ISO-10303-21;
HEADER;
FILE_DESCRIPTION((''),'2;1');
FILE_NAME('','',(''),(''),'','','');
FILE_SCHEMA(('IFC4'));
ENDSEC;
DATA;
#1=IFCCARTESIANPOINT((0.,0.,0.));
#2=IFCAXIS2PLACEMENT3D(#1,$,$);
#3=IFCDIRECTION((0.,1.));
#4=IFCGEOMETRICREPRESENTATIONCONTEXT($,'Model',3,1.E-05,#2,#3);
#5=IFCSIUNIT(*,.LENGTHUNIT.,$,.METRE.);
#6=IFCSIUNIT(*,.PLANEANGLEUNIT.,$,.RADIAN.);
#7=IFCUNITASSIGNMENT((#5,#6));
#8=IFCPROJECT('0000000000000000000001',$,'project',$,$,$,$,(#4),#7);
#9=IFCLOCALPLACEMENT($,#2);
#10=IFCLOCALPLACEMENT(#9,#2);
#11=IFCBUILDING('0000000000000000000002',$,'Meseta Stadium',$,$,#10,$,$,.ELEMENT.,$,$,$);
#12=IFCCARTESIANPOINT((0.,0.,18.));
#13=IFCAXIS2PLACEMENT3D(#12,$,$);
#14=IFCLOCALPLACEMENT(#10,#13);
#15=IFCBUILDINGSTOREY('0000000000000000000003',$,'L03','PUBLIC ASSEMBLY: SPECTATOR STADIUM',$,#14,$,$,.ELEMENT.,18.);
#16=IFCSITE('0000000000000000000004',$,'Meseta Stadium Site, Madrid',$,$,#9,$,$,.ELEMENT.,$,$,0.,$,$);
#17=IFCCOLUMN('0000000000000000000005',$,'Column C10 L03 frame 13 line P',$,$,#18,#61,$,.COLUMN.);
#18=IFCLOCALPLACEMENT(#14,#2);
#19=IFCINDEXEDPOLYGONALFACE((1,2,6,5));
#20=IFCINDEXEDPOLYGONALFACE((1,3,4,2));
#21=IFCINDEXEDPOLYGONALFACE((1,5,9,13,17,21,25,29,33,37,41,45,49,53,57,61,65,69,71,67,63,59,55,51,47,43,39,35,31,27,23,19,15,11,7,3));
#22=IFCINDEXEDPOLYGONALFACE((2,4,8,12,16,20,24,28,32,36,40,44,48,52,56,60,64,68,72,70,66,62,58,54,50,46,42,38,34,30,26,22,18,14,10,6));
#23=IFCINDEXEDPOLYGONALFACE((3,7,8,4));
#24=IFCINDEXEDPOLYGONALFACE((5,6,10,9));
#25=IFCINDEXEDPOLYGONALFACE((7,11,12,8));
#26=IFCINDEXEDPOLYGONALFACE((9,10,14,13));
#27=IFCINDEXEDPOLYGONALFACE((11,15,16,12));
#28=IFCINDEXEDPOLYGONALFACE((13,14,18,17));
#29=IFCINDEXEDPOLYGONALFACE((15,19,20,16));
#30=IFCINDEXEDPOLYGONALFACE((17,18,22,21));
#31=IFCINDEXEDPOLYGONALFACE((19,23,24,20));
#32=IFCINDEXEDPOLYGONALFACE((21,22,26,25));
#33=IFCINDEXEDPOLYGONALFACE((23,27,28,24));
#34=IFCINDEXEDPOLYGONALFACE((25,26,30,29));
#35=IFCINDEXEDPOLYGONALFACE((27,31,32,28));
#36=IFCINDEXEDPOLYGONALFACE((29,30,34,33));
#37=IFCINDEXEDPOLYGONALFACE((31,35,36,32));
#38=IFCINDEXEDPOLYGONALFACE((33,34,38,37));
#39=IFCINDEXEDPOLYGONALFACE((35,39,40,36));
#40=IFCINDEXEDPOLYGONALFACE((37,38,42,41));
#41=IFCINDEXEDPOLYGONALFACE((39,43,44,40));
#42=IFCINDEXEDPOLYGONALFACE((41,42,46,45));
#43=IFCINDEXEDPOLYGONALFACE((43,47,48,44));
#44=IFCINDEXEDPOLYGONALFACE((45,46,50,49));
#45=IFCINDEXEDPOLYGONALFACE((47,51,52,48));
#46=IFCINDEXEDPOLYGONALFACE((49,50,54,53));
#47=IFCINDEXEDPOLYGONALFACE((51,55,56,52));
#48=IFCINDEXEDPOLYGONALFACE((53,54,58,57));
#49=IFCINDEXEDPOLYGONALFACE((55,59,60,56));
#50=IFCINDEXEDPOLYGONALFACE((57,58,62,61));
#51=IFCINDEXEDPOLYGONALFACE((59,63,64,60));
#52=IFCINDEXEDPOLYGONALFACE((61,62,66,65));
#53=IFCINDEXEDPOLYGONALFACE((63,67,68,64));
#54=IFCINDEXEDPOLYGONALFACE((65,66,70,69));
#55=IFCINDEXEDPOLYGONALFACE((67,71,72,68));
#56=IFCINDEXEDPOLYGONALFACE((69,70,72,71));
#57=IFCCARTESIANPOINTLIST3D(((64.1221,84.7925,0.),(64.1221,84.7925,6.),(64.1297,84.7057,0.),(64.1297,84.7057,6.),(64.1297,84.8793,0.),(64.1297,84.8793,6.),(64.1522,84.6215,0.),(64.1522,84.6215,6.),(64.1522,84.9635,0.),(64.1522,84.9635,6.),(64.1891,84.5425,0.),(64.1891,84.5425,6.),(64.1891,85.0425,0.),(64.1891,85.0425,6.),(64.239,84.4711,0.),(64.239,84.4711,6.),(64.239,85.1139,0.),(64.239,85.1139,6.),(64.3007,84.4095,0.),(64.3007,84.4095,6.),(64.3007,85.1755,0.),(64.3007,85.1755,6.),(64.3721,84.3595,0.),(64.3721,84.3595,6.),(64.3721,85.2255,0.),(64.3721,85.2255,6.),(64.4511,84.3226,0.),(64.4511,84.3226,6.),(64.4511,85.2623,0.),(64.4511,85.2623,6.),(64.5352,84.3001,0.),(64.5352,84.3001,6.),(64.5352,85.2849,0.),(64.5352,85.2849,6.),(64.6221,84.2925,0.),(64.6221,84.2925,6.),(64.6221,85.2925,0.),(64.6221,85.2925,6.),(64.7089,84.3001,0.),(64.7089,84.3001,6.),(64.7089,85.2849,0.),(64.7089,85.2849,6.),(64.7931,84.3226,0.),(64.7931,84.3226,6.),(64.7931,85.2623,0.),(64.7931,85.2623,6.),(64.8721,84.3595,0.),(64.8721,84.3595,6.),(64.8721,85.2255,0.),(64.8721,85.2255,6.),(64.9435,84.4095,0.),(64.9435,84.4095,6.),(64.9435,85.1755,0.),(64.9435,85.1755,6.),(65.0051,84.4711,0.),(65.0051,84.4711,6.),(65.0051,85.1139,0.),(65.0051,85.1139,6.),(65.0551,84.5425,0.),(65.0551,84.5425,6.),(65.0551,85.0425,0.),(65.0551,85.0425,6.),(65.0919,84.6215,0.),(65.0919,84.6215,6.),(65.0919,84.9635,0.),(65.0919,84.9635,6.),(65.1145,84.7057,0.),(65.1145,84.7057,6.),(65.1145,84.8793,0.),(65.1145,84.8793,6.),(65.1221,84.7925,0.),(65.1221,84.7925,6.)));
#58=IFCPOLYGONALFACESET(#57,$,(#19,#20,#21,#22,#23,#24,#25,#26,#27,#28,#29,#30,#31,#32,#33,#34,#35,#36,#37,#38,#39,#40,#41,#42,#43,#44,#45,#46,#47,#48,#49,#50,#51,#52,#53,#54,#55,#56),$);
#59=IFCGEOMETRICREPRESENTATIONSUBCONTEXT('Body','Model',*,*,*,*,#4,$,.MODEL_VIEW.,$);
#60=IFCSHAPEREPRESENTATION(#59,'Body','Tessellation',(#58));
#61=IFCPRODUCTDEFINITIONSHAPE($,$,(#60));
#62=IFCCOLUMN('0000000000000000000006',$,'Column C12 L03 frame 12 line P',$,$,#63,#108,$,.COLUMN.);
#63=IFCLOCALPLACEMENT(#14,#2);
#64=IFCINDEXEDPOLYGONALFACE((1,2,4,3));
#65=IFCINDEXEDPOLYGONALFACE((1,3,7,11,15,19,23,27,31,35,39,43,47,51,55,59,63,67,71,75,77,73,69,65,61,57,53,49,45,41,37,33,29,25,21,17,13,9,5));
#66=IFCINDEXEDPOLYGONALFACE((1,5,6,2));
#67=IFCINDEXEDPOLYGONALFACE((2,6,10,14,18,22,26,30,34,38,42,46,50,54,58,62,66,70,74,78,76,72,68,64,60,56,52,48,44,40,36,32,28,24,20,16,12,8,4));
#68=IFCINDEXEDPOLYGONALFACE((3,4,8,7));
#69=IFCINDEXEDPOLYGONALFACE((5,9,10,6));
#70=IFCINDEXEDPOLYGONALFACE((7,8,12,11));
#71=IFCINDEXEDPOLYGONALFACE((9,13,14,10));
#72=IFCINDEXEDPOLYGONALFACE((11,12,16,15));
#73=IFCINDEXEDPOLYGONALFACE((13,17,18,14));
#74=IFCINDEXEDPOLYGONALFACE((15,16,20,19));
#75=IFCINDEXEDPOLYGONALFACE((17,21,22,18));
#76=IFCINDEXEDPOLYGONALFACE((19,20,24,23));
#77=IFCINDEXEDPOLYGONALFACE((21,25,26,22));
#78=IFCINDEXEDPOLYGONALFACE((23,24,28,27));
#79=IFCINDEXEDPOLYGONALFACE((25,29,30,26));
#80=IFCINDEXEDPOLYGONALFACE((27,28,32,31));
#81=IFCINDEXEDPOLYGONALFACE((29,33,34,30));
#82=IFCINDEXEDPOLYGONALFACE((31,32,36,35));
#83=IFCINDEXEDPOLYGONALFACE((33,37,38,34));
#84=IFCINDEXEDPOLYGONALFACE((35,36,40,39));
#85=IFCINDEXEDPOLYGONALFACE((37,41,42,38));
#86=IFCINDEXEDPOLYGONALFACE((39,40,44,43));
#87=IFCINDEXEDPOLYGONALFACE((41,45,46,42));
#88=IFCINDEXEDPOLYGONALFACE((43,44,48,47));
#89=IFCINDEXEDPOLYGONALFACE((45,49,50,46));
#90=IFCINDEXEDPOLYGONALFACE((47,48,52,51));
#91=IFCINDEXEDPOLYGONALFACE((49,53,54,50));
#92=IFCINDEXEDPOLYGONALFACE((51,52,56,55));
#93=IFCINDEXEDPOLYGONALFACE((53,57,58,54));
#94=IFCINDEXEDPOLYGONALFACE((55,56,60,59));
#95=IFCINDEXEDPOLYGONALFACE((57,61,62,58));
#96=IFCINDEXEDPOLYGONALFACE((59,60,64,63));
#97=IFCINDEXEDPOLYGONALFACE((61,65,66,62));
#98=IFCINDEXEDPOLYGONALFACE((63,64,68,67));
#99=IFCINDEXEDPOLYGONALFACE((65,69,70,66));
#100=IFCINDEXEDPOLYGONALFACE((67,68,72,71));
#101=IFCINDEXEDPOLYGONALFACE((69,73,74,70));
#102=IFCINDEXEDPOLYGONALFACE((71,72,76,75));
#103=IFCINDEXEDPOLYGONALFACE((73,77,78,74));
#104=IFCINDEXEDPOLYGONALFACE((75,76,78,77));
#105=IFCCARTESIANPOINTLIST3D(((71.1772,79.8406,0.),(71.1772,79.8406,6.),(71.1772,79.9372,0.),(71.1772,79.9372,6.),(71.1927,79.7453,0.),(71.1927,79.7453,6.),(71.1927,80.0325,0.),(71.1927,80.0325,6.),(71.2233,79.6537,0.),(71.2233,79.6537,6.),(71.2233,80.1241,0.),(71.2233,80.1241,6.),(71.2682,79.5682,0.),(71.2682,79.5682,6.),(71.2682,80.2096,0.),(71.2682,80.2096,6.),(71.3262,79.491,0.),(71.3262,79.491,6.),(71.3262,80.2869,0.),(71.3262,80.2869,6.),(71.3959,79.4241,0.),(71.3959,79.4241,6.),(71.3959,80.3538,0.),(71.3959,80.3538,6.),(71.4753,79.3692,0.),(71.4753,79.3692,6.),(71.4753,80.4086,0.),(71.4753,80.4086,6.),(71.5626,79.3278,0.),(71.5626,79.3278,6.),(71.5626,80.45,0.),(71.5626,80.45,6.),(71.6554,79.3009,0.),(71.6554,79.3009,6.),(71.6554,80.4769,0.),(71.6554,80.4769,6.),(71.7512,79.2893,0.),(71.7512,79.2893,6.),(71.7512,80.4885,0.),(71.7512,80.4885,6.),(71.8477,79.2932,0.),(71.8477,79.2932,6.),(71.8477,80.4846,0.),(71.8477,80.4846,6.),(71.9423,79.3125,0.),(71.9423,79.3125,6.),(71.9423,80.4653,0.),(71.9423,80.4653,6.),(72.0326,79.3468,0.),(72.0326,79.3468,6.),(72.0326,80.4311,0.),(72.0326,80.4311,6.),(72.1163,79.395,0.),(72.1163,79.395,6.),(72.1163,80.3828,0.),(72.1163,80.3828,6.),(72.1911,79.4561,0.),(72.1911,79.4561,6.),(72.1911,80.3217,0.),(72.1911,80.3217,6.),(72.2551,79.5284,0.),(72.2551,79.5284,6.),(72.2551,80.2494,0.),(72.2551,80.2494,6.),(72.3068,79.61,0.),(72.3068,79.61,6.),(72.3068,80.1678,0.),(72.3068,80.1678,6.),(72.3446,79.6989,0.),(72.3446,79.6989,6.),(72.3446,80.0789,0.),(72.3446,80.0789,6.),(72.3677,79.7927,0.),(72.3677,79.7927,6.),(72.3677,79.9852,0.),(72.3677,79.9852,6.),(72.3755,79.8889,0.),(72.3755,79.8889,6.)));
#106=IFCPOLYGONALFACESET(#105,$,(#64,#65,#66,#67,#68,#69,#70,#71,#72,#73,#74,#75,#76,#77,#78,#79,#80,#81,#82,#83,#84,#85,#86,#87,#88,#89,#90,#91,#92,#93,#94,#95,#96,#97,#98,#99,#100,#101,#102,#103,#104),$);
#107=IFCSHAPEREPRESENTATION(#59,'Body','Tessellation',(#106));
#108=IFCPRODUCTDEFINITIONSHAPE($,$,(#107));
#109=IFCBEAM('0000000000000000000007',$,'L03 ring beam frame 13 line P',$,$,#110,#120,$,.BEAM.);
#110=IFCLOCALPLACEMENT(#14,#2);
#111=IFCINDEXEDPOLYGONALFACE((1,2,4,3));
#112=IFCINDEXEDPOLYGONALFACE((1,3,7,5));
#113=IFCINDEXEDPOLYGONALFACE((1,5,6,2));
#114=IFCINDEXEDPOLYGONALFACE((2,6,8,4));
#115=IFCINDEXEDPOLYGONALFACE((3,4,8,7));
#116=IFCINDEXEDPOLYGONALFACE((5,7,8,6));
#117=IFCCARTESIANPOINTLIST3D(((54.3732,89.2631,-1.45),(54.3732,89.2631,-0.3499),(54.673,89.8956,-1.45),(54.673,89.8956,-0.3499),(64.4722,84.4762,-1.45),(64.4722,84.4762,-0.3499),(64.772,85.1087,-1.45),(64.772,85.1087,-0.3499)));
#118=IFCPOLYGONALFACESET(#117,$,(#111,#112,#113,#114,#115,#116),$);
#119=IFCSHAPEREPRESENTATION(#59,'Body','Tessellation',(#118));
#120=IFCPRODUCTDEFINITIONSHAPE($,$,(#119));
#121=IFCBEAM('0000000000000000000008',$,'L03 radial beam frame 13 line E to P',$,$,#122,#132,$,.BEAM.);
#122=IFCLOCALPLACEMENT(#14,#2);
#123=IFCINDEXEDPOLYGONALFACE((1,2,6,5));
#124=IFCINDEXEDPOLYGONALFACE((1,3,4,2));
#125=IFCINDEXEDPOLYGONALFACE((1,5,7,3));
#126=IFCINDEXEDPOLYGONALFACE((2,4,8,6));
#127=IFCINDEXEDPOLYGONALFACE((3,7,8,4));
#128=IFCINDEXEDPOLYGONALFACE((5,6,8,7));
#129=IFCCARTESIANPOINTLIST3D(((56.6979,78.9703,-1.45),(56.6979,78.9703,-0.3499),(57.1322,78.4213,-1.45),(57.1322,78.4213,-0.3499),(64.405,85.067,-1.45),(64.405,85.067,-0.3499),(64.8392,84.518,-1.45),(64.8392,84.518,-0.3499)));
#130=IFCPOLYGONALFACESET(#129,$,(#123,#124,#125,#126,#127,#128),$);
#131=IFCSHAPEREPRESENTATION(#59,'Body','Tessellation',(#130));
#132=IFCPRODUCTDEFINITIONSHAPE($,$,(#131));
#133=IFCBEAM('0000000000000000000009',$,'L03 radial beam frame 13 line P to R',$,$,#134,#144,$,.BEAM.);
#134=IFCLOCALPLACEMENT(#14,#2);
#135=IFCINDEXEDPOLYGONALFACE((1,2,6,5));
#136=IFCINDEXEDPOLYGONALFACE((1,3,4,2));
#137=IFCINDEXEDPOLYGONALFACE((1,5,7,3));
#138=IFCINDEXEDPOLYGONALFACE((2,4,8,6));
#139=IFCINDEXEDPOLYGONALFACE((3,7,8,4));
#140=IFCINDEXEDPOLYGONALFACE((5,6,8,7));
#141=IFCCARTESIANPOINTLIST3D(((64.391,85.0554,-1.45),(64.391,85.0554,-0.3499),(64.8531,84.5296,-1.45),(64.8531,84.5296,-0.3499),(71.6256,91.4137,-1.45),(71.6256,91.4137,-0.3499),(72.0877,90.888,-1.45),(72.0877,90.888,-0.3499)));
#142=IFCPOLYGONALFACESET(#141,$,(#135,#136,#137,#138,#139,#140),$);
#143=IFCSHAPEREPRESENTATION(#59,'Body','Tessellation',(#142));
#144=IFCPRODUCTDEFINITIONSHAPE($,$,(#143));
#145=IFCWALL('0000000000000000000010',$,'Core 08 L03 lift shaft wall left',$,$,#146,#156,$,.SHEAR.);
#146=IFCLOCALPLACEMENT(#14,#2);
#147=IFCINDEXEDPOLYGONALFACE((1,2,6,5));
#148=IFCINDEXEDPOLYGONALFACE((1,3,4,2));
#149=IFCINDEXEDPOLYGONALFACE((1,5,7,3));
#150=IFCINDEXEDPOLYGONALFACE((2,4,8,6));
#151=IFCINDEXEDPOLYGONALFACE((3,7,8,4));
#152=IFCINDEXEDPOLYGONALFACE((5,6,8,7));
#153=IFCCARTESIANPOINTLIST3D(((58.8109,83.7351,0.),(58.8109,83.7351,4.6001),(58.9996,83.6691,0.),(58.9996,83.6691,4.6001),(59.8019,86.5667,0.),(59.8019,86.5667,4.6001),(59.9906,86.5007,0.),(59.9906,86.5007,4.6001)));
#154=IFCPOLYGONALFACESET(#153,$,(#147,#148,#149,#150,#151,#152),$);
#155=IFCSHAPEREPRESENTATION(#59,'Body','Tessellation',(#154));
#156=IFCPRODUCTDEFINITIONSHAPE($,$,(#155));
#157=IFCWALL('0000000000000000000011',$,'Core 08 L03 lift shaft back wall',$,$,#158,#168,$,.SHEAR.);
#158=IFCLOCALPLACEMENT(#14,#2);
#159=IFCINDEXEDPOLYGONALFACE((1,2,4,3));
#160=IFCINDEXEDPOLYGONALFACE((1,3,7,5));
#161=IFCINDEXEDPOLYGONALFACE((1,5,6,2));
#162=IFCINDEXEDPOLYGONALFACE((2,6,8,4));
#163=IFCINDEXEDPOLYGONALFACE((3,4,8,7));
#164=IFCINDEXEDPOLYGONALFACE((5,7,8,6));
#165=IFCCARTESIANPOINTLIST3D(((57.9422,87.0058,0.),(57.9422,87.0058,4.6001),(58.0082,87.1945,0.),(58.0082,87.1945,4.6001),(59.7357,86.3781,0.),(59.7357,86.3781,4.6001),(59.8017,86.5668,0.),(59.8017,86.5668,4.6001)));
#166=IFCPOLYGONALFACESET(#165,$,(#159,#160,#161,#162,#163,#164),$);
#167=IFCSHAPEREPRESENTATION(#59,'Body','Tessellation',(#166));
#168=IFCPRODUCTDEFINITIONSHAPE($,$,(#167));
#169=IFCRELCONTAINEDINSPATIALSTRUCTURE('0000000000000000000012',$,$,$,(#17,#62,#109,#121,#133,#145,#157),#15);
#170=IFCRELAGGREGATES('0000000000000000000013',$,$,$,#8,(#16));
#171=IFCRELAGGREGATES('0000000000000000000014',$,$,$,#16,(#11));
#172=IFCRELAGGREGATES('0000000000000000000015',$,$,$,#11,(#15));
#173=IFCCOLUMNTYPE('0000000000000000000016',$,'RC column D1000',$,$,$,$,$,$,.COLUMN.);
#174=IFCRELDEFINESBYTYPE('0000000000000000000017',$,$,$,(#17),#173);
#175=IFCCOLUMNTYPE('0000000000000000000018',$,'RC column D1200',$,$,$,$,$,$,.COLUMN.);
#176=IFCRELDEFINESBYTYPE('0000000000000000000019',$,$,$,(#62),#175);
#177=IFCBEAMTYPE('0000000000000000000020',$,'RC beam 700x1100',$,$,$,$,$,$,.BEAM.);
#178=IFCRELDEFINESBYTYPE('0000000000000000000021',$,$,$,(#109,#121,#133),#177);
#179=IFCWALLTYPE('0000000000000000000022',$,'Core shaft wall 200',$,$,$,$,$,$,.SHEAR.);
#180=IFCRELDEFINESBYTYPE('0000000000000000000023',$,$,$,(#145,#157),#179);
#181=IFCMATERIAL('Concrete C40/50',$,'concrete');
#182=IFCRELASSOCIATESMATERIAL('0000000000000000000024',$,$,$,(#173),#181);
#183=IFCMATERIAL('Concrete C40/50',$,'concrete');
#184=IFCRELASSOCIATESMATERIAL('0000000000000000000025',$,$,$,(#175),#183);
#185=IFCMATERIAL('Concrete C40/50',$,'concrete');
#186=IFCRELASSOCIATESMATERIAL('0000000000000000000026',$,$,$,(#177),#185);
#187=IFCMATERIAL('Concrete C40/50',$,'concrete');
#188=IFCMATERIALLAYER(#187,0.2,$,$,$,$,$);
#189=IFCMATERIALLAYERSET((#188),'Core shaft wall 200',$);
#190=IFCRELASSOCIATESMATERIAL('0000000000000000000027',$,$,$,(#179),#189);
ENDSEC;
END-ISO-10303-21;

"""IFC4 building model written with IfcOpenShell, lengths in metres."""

from ifc_helpers import new_model, si_unit, direction, frame, frame_2d, origin, origin_2d, place, context, subcontext, project, spatial, rectangle, circle, extrude, material, layer, layer_set, material_profile, profile_set, type_object, element, save


model = new_model("IFC4")

# Units and contexts
model_context = context("Model", 3, precision=1e-05, world=origin(), true_north=direction((0.0, 1.0)))
body_context = subcontext(model_context, "Body", "Model", "MODEL_VIEW")
ifc_project = project(units=[si_unit("LENGTHUNIT", "METRE"), si_unit("PLANEANGLEUNIT", "RADIAN")], contexts=[model_context])

# Site, building, storey
site_placement = place(None, origin())
site = spatial("IfcSite", under=ifc_project, at=site_placement, Name="Meseta Stadium Site, Madrid", CompositionType="ELEMENT", RefElevation=0.0)
building_placement = place(site_placement, origin())
building = spatial("IfcBuilding", under=site, at=building_placement, Name="Meseta Stadium", CompositionType="ELEMENT")
storey_placement = place(building_placement, frame((0.0, 0.0, 18.0)))
storey = spatial("IfcBuildingStorey", under=building, at=storey_placement, Name="L03", Description="PUBLIC ASSEMBLY: SPECTATOR STADIUM", CompositionType="ELEMENT", Elevation=18.0)

# Columns
ifc_material_1 = material(Name="Concrete C40/50", Category="concrete")
ifc_material_profile_1 = material_profile(ifc_material_1, circle(Radius=0.5, at=origin_2d()), Name="RC D1000")
ifc_profile_set_1 = profile_set([ifc_material_profile_1], Name="Concrete C40/50")
column_type_1 = type_object("IfcColumnType", Name="RC column D1000", PredefinedType="COLUMN", material=ifc_profile_set_1)
column_1_placement = place(storey_placement, frame((64.6221, 84.7925, 0.0), z_axis=(0.0, 0.0, 1.0), x_axis=(1.0, 0.0, 0.0)))
element("IfcColumn", 1, at=column_1_placement, inside=storey, type_object=column_type_1, Name="Column C10 L03 frame 13 line P", PredefinedType="COLUMN", context=body_context, shape_type="SweptSolid", body=[
    extrude(circle(Radius=0.5, at=origin_2d()), origin(), (0.0, 0.0, 1.0), 6.0),
])
ifc_material_2 = material(Name="Concrete C40/50", Category="concrete")
ifc_material_profile_2 = material_profile(ifc_material_2, circle(Radius=0.6001, at=origin_2d()), Name="RC D1200")
ifc_profile_set_2 = profile_set([ifc_material_profile_2], Name="Concrete C40/50")
column_type_2 = type_object("IfcColumnType", Name="RC column D1200", PredefinedType="COLUMN", material=ifc_profile_set_2)
column_2_placement = place(storey_placement, frame((71.7754, 79.8889, 0.0), z_axis=(0.0, 0.0, 1.0), x_axis=(1.0, 0.0, 0.0)))
element("IfcColumn", 2, at=column_2_placement, inside=storey, type_object=column_type_2, Name="Column C12 L03 frame 12 line P", PredefinedType="COLUMN", context=body_context, shape_type="SweptSolid", body=[
    extrude(circle(Radius=0.6001, at=origin_2d()), origin(), (0.0, 0.0, 1.0), 6.0),
])

# Beams
ifc_material_3 = material(Name="Concrete C40/50", Category="concrete")
ifc_material_profile_3 = material_profile(ifc_material_3, rectangle(XDim=0.7, YDim=1.1001, at=origin_2d()), Name="RC 700x1100")
ifc_profile_set_3 = profile_set([ifc_material_profile_3], Name="Concrete C40/50")
beam_type = type_object("IfcBeamType", Name="RC beam 700x1100", PredefinedType="BEAM", material=ifc_profile_set_3)
beam_1_placement = place(storey_placement, frame((64.6221, 84.7925, -0.8999), z_axis=(-0.903627, 0.428319, 0.0), x_axis=(-0.428319, -0.903627, 0.0)))
element("IfcBeam", 3, at=beam_1_placement, inside=storey, type_object=beam_type, Name="L03 ring beam frame 13 line P", PredefinedType="BEAM", context=body_context, shape_type="SweptSolid", body=[
    extrude(rectangle(XDim=0.7, YDim=1.1001, at=origin_2d()), origin(), (0.0, 0.0, 1.0), 11.176),
])
beam_2_placement = place(storey_placement, frame((56.915, 78.6958, -0.8999), z_axis=(0.78428, 0.620408, 0.0), x_axis=(-0.620408, 0.78428, 0.0)))
element("IfcBeam", 4, at=beam_2_placement, inside=storey, type_object=beam_type, Name="L03 radial beam frame 13 line E to P", PredefinedType="BEAM", context=body_context, shape_type="SweptSolid", body=[
    extrude(rectangle(XDim=0.7, YDim=1.1001, at=origin_2d()), origin(), (0.0, 0.0, 1.0), 9.8269),
])
beam_3_placement = place(storey_placement, frame((64.6221, 84.7925, -0.8999), z_axis=(0.751129, 0.660156, 0.0), x_axis=(-0.660156, 0.751129, 0.0)))
element("IfcBeam", 5, at=beam_3_placement, inside=storey, type_object=beam_type, Name="L03 radial beam frame 13 line P to R", PredefinedType="BEAM", context=body_context, shape_type="SweptSolid", body=[
    extrude(rectangle(XDim=0.7, YDim=1.1001, at=origin_2d()), origin(), (0.0, 0.0, 1.0), 9.6316),
])

# Walls
ifc_material_4 = material(Name="Concrete C40/50", Category="concrete")
ifc_layer_1 = layer(ifc_material_4, 0.2)
ifc_layer_set_1 = layer_set([ifc_layer_1], Name="Core shaft wall 200")
wall_type_1 = type_object("IfcWallType", Name="Core shaft wall 200", PredefinedType="SHEAR", material=ifc_layer_set_1)
wall_1_placement = place(storey_placement, frame((59.8962, 86.5337, 0.0), z_axis=(0.0, 0.0, 1.0), x_axis=(-0.330329, -0.943866, 0.0)))
element("IfcWall", 6, at=wall_1_placement, inside=storey, type_object=wall_type_1, Name="Core 08 L03 lift shaft wall left", PredefinedType="SHEAR", context=body_context, shape_type="SweptSolid", body=[
    extrude(rectangle(XDim=3.0, YDim=0.2, at=frame_2d((1.5, 0.0))), origin(), (0.0, 0.0, 1.0), 4.6001),
])
wall_2_placement = place(storey_placement, frame((59.7688, 86.4724, 0.0), z_axis=(0.0, 0.0, 1.0), x_axis=(-0.943862, 0.330339, 0.0)))
element("IfcWall", 7, at=wall_2_placement, inside=storey, type_object=wall_type_1, Name="Core 08 L03 lift shaft back wall", PredefinedType="SHEAR", context=body_context, shape_type="SweptSolid", body=[
    extrude(rectangle(XDim=1.9001, YDim=0.2, at=frame_2d((0.9502, 0.0))), origin(), (0.0, 0.0, 1.0), 4.6001),
])

save(model, "model.ifc")
